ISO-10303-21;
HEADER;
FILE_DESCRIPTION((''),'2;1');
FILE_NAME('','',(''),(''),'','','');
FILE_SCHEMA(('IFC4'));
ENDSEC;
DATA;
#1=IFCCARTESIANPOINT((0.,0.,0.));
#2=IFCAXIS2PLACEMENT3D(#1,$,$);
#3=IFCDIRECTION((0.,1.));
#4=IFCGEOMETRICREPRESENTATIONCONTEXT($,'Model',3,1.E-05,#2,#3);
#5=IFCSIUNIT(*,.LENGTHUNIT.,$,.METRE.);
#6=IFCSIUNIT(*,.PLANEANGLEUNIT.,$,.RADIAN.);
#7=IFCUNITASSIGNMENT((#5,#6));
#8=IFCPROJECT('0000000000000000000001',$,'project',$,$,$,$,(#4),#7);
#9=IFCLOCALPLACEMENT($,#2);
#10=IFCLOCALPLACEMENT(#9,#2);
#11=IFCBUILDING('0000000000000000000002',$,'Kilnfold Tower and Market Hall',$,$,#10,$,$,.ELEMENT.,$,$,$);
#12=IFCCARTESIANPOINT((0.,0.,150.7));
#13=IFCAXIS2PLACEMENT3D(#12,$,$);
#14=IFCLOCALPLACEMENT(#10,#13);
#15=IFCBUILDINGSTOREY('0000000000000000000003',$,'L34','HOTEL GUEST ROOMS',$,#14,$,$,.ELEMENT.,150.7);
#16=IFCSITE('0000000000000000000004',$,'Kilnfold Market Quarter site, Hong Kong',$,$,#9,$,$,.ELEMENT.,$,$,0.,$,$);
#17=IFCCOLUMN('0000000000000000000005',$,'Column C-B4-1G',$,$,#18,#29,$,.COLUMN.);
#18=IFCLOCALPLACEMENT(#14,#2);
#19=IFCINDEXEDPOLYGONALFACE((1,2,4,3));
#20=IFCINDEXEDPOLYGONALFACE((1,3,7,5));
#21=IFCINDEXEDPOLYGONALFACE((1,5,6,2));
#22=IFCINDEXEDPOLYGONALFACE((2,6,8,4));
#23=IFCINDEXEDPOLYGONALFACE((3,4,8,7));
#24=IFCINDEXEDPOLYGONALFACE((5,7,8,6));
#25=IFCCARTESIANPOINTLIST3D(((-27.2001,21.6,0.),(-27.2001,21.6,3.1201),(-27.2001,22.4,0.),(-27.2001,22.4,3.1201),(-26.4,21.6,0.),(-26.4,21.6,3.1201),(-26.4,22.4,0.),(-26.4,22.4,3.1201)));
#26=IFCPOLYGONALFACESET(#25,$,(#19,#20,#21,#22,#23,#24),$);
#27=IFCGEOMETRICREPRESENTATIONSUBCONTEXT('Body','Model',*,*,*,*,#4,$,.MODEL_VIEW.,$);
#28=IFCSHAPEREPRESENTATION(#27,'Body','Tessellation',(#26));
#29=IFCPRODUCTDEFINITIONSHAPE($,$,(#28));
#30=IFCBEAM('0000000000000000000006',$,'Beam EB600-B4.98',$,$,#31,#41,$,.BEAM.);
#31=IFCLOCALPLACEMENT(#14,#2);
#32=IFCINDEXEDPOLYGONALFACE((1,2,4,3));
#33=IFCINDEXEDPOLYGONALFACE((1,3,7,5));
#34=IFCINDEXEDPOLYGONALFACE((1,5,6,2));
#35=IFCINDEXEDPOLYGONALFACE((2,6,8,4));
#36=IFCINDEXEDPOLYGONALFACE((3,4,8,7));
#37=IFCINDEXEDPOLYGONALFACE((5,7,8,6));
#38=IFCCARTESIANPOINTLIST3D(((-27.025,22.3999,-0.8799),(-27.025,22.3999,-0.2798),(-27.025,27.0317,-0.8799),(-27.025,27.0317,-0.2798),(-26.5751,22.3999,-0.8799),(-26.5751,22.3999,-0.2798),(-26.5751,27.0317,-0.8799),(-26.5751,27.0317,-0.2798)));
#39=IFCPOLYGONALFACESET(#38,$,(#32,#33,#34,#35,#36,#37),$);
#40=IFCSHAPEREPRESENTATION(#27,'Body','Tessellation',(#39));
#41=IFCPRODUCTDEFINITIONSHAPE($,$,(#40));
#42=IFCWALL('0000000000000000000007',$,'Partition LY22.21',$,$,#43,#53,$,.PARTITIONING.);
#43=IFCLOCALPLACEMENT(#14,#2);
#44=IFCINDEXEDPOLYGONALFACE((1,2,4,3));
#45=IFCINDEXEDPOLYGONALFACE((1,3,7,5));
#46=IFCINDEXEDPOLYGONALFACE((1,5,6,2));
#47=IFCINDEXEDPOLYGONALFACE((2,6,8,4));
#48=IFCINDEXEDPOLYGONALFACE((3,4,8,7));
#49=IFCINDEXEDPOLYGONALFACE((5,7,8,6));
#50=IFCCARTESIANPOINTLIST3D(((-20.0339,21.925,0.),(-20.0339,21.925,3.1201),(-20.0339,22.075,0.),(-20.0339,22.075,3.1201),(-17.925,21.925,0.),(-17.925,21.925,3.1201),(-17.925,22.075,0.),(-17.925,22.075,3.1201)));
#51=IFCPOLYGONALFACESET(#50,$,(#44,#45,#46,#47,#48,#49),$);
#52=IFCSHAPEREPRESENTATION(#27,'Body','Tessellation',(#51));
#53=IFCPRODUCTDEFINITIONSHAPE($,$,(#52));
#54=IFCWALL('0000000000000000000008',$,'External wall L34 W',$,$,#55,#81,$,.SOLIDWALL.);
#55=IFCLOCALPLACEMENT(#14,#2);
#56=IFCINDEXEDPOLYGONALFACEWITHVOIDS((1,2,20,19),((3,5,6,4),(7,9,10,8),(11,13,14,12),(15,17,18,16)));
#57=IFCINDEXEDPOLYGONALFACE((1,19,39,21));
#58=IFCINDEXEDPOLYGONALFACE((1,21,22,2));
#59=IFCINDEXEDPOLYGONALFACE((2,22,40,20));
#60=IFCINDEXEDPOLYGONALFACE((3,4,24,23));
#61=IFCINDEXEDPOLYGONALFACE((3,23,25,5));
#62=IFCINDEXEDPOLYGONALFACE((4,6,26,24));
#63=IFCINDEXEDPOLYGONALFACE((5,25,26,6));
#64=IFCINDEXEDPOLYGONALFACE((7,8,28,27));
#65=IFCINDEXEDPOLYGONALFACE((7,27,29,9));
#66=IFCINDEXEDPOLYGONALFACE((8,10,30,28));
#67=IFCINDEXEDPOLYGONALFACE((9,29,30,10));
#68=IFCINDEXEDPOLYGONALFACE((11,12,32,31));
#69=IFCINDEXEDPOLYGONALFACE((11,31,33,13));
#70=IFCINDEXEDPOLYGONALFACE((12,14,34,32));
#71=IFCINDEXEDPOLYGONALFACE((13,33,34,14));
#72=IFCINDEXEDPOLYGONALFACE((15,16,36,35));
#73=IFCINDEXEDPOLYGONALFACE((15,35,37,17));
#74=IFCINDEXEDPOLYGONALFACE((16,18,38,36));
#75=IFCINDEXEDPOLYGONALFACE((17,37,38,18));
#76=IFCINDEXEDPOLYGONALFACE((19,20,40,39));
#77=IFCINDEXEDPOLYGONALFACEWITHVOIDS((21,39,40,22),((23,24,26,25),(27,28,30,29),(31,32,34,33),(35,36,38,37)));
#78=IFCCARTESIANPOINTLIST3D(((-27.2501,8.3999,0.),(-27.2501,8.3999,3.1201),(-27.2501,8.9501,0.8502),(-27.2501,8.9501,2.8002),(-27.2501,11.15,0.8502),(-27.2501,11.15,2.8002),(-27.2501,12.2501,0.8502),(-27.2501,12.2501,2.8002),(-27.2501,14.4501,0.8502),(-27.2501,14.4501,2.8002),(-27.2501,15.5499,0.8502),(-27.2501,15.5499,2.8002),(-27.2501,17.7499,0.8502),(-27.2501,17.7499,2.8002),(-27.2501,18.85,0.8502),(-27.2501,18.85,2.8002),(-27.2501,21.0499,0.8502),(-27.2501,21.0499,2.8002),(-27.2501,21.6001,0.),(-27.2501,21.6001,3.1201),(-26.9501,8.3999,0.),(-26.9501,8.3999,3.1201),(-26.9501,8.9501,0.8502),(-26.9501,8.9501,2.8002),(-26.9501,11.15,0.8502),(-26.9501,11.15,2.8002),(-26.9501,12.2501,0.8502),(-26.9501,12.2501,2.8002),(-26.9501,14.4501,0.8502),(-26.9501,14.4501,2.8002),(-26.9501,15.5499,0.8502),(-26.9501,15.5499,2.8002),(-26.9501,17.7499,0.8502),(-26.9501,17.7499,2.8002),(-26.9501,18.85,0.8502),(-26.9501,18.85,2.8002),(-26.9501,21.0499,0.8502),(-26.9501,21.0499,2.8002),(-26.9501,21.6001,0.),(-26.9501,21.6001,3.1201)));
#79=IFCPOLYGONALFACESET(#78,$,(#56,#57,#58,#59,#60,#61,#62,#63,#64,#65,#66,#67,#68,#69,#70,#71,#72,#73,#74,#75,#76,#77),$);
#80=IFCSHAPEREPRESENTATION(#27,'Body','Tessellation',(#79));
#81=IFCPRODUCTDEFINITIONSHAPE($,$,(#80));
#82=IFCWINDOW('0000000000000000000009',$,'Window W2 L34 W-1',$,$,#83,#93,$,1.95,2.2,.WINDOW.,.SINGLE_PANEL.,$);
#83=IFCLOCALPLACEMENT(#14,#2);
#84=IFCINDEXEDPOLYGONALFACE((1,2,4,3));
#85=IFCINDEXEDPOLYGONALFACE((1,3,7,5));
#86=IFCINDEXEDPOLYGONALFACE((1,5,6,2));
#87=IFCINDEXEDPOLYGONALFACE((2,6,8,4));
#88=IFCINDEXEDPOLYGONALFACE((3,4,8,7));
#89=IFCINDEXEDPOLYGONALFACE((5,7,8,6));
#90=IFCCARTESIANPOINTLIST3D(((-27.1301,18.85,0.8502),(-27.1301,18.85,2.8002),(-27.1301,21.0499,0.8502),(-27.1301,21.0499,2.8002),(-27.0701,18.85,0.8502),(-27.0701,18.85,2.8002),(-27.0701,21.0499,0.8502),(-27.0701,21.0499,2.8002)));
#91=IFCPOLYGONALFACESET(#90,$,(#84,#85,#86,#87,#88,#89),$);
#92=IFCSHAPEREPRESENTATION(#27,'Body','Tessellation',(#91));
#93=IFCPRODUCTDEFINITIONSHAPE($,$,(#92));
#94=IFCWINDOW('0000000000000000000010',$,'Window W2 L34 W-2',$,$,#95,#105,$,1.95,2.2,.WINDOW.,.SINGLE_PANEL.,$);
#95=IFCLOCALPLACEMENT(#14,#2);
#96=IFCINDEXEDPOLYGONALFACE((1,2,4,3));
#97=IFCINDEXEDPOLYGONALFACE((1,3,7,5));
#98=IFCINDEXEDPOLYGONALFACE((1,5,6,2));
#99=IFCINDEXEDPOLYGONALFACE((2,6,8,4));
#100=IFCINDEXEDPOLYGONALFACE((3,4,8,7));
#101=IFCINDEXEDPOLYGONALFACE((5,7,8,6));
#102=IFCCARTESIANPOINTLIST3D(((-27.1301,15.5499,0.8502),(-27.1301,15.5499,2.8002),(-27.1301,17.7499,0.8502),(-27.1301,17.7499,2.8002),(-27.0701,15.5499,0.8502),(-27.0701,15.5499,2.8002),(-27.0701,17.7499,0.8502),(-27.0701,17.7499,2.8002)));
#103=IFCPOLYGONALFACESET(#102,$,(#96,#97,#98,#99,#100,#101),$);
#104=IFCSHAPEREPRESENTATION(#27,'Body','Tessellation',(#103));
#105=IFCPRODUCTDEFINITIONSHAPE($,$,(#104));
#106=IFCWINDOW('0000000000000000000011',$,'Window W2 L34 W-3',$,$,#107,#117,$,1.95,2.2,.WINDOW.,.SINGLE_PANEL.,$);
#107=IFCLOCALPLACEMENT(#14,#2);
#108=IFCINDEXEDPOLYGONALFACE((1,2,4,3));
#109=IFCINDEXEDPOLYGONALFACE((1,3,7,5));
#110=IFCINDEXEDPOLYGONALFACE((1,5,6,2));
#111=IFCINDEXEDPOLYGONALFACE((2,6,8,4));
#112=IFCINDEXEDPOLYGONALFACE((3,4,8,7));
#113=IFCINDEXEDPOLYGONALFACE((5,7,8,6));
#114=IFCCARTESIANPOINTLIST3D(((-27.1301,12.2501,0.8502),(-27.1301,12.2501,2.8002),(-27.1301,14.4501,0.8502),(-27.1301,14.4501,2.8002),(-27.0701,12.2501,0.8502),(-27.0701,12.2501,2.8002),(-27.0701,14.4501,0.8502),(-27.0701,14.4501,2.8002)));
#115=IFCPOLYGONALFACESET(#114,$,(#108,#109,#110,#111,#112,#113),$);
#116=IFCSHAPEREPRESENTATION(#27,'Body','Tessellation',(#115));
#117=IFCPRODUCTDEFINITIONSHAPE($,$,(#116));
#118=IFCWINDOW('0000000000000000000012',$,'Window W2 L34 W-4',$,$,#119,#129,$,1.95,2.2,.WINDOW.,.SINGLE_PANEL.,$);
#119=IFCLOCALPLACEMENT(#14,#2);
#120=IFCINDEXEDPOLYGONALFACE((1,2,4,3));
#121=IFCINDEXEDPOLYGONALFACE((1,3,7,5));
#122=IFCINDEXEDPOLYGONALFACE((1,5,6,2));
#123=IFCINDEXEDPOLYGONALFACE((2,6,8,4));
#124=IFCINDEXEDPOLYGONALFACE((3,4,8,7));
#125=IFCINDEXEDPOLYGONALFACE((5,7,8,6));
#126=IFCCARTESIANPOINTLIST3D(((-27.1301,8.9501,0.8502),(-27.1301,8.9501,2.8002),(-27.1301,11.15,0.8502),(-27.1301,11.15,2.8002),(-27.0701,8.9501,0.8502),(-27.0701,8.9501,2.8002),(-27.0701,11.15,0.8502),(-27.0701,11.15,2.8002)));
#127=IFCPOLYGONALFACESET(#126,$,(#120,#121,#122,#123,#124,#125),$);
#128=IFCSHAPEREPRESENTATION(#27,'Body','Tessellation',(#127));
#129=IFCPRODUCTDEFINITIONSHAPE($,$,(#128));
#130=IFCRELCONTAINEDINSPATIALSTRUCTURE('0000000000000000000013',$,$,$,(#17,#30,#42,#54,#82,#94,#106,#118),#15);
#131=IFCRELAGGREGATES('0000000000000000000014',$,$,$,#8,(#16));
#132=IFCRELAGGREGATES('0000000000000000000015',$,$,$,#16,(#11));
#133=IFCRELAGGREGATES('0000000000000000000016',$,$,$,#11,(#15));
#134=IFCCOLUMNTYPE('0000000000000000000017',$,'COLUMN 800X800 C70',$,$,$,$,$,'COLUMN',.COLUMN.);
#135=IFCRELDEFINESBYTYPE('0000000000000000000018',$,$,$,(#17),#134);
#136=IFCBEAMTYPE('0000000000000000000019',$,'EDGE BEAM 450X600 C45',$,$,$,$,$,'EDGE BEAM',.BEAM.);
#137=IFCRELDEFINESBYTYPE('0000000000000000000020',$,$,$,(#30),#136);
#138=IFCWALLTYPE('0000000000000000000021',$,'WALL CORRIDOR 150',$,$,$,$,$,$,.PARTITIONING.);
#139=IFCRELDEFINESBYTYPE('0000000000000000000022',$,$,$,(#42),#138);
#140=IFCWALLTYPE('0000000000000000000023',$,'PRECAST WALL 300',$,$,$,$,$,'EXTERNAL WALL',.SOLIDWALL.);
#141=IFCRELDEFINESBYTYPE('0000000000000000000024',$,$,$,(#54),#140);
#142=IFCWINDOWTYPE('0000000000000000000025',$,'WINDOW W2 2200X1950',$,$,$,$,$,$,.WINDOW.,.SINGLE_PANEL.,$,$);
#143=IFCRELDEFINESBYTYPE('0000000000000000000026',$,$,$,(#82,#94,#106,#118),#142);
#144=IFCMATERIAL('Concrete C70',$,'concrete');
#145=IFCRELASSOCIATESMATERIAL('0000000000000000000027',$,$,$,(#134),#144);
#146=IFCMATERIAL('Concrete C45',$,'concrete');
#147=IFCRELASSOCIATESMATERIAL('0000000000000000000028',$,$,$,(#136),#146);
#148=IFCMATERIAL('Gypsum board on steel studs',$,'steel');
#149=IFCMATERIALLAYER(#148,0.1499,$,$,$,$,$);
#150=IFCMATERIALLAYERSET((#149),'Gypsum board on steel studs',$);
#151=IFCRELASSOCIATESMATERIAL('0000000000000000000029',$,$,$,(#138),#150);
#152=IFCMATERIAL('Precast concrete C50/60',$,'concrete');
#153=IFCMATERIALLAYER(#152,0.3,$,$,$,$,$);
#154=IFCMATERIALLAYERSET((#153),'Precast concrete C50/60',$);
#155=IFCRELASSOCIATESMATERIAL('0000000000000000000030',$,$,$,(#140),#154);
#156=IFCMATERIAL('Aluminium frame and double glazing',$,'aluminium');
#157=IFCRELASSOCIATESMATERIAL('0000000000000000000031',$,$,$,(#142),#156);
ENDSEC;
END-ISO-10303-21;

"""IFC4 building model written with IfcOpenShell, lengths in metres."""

from ifc_helpers import new_model, si_unit, direction, frame, frame_2d, origin, origin_2d, place, context, subcontext, project, spatial, rectangle, extrude, source, transform, mapped, material, layer, layer_set, material_profile, profile_set, type_object, element, fill, save


model = new_model("IFC4")

# Units and contexts
model_context = context("Model", 3, precision=1e-05, world=origin(), true_north=direction((0.0, 1.0)))
body_context = subcontext(model_context, "Body", "Model", "MODEL_VIEW")
ifc_project = project(units=[si_unit("LENGTHUNIT", "METRE"), si_unit("PLANEANGLEUNIT", "RADIAN")], contexts=[model_context])

# Site, building, storey
site_placement = place(None, origin())
site = spatial("IfcSite", under=ifc_project, at=site_placement, Name="Kilnfold Market Quarter site, Hong Kong", CompositionType="ELEMENT", RefElevation=0.0)
building_placement = place(site_placement, origin())
building = spatial("IfcBuilding", under=site, at=building_placement, Name="Kilnfold Tower and Market Hall", CompositionType="ELEMENT")
storey_placement = place(building_placement, frame((0.0, 0.0, 150.7)))
storey = spatial("IfcBuildingStorey", under=building, at=storey_placement, Name="L34", Description="HOTEL GUEST ROOMS", CompositionType="ELEMENT", Elevation=150.7)

# Column
ifc_material_1 = material(Name="Concrete C70", Category="concrete")
ifc_material_profile_1 = material_profile(ifc_material_1, rectangle(XDim=0.8, YDim=0.8, at=origin_2d()), Name="RC 800x800")
ifc_profile_set_1 = profile_set([ifc_material_profile_1], Name="Concrete C70")
column_type = type_object("IfcColumnType", Name="COLUMN 800X800 C70", ElementType="COLUMN", PredefinedType="COLUMN", material=ifc_profile_set_1)
shared_shape_1 = source(origin(), body_context, "Body", "SweptSolid", [
    extrude(rectangle(XDim=0.8, YDim=0.8, at=origin_2d()), origin(), (0.0, 0.0, 1.0), 3.1201),
])
column_placement = place(storey_placement, frame((-26.8, 22.0, 0.0), z_axis=(0.0, 0.0, 1.0), x_axis=(1.0, 0.0, 0.0)))
element("IfcColumn", 1, at=column_placement, inside=storey, type_object=column_type, Name="Column C-B4-1G", PredefinedType="COLUMN", context=body_context, shape_type="MappedRepresentation", body=[
    mapped(shared_shape_1, transform((0.0, 0.0, 0.0))),
])

# Beam
ifc_material_2 = material(Name="Concrete C45", Category="concrete")
ifc_material_profile_2 = material_profile(ifc_material_2, rectangle(XDim=0.45, YDim=0.6001, at=origin_2d()), Name="RC 450x600")
ifc_profile_set_2 = profile_set([ifc_material_profile_2], Name="Concrete C45")
beam_type = type_object("IfcBeamType", Name="EDGE BEAM 450X600 C45", ElementType="EDGE BEAM", PredefinedType="BEAM", material=ifc_profile_set_2)
shared_shape_2 = source(origin(), body_context, "Body", "SweptSolid", [
    extrude(rectangle(XDim=0.45, YDim=0.6001, at=origin_2d()), origin(), (0.0, 0.0, 1.0), 4.6318),
])
beam_placement = place(storey_placement, frame((-26.8, 22.3999, -0.5798), z_axis=(0.0, 1.0, 0.0), x_axis=(-1.0, 0.0, 0.0)))
element("IfcBeam", 2, at=beam_placement, inside=storey, type_object=beam_type, Name="Beam EB600-B4.98", PredefinedType="BEAM", context=body_context, shape_type="MappedRepresentation", body=[
    mapped(shared_shape_2, transform((0.0, 0.0, 0.0))),
])

# Wall
ifc_material_3 = material(Name="Gypsum board on steel studs", Category="steel")
ifc_layer_1 = layer(ifc_material_3, 0.1499)
ifc_layer_set_1 = layer_set([ifc_layer_1], Name="Gypsum board on steel studs")
wall_type_1 = type_object("IfcWallType", Name="WALL CORRIDOR 150", PredefinedType="PARTITIONING", material=ifc_layer_set_1)
wall_1_placement = place(storey_placement, frame((-20.0339, 22.0, 0.0), z_axis=(0.0, 0.0, 1.0), x_axis=(1.0, 0.0, 0.0)))
element("IfcWall", 3, at=wall_1_placement, inside=storey, type_object=wall_type_1, Name="Partition LY22.21", PredefinedType="PARTITIONING", context=body_context, shape_type="SweptSolid", body=[
    extrude(rectangle(XDim=2.1089, YDim=0.1499, at=frame_2d((1.0544, 0.0))), origin(), (0.0, 0.0, 1.0), 3.1201),
])

# Wall, openings, windows
ifc_material_4 = material(Name="Precast concrete C50/60", Category="concrete")
ifc_layer_2 = layer(ifc_material_4, 0.3)
ifc_layer_set_2 = layer_set([ifc_layer_2], Name="Precast concrete C50/60")
wall_type_2 = type_object("IfcWallType", Name="PRECAST WALL 300", ElementType="EXTERNAL WALL", PredefinedType="SOLIDWALL", material=ifc_layer_set_2)
shared_shape_3 = source(origin(), body_context, "Body", "SweptSolid", [
    extrude(rectangle(XDim=13.2002, YDim=0.3, at=frame_2d((6.6001, 0.0))), origin(), (0.0, 0.0, 1.0), 3.1201),
])
wall_2_placement = place(storey_placement, frame((-27.1001, 21.6001, 0.0), z_axis=(0.0, 0.0, 1.0), x_axis=(0.0, -1.0, 0.0)))
wall_2 = element("IfcWall", 4, at=wall_2_placement, inside=storey, type_object=wall_type_2, Name="External wall L34 W", PredefinedType="SOLIDWALL", context=body_context, shape_type="MappedRepresentation", body=[
    mapped(shared_shape_3, transform((0.0, 0.0, 0.0))),
])
opening_1_placement = place(wall_2_placement, frame((0.55, 0.0, 0.8501)))
opening_1 = element("IfcOpeningElement", 5, at=opening_1_placement, cuts=wall_2, PredefinedType="OPENING", context=body_context, shape_type="SweptSolid", body=[
    extrude(rectangle(XDim=2.2, YDim=1.95, at=frame_2d((1.1001, 0.9751))), frame((0.0, 0.1602, 0.0), z_axis=(0.0, -1.0, 0.0), x_axis=(1.0, 0.0, 0.0)), (0.0, 0.0, 1.0), 0.3201),
])
opening_2_placement = place(wall_2_placement, frame((3.8501, 0.0, 0.8501)))
opening_2 = element("IfcOpeningElement", 6, at=opening_2_placement, cuts=wall_2, PredefinedType="OPENING", context=body_context, shape_type="SweptSolid", body=[
    extrude(rectangle(XDim=2.2, YDim=1.95, at=frame_2d((1.1001, 0.9751))), frame((0.0, 0.1602, 0.0), z_axis=(0.0, -1.0, 0.0), x_axis=(1.0, 0.0, 0.0)), (0.0, 0.0, 1.0), 0.3201),
])
opening_3_placement = place(wall_2_placement, frame((7.1499, 0.0, 0.8501)))
opening_3 = element("IfcOpeningElement", 7, at=opening_3_placement, cuts=wall_2, PredefinedType="OPENING", context=body_context, shape_type="SweptSolid", body=[
    extrude(rectangle(XDim=2.2, YDim=1.95, at=frame_2d((1.1001, 0.9751))), frame((0.0, 0.1602, 0.0), z_axis=(0.0, -1.0, 0.0), x_axis=(1.0, 0.0, 0.0)), (0.0, 0.0, 1.0), 0.3201),
])
opening_4_placement = place(wall_2_placement, frame((10.45, 0.0, 0.8501)))
opening_4 = element("IfcOpeningElement", 8, at=opening_4_placement, cuts=wall_2, PredefinedType="OPENING", context=body_context, shape_type="SweptSolid", body=[
    extrude(rectangle(XDim=2.2, YDim=1.95, at=frame_2d((1.1001, 0.9751))), frame((0.0, 0.1602, 0.0), z_axis=(0.0, -1.0, 0.0), x_axis=(1.0, 0.0, 0.0)), (0.0, 0.0, 1.0), 0.3201),
])
ifc_material_5 = material(Name="Aluminium frame and double glazing", Category="aluminium")
window_type = type_object("IfcWindowType", Name="WINDOW W2 2200X1950", PartitioningType="SINGLE_PANEL", PredefinedType="WINDOW", material=ifc_material_5)
window_1_placement = place(opening_1_placement, origin())
window_1 = element("IfcWindow", 9, at=window_1_placement, inside=storey, type_object=window_type, Name="Window W2 L34 W-1", OverallHeight=1.95, OverallWidth=2.2, PartitioningType="SINGLE_PANEL", PredefinedType="WINDOW", context=body_context, shape_type="SweptSolid", body=[
    extrude(rectangle(XDim=2.2, YDim=1.95, at=frame_2d((1.1001, 0.9751))), frame((0.0, 0.03, 0.0), z_axis=(0.0, -1.0, 0.0), x_axis=(1.0, 0.0, 0.0)), (0.0, 0.0, 1.0), 0.0601),
])
fill(opening_1, window_1)
window_2_placement = place(opening_2_placement, origin())
window_2 = element("IfcWindow", 10, at=window_2_placement, inside=storey, type_object=window_type, Name="Window W2 L34 W-2", OverallHeight=1.95, OverallWidth=2.2, PartitioningType="SINGLE_PANEL", PredefinedType="WINDOW", context=body_context, shape_type="SweptSolid", body=[
    extrude(rectangle(XDim=2.2, YDim=1.95, at=frame_2d((1.1001, 0.9751))), frame((0.0, 0.03, 0.0), z_axis=(0.0, -1.0, 0.0), x_axis=(1.0, 0.0, 0.0)), (0.0, 0.0, 1.0), 0.0601),
])
fill(opening_2, window_2)
window_3_placement = place(opening_3_placement, origin())
window_3 = element("IfcWindow", 11, at=window_3_placement, inside=storey, type_object=window_type, Name="Window W2 L34 W-3", OverallHeight=1.95, OverallWidth=2.2, PartitioningType="SINGLE_PANEL", PredefinedType="WINDOW", context=body_context, shape_type="SweptSolid", body=[
    extrude(rectangle(XDim=2.2, YDim=1.95, at=frame_2d((1.1001, 0.9751))), frame((0.0, 0.03, 0.0), z_axis=(0.0, -1.0, 0.0), x_axis=(1.0, 0.0, 0.0)), (0.0, 0.0, 1.0), 0.0601),
])
fill(opening_3, window_3)
window_4_placement = place(opening_4_placement, origin())
window_4 = element("IfcWindow", 12, at=window_4_placement, inside=storey, type_object=window_type, Name="Window W2 L34 W-4", OverallHeight=1.95, OverallWidth=2.2, PartitioningType="SINGLE_PANEL", PredefinedType="WINDOW", context=body_context, shape_type="SweptSolid", body=[
    extrude(rectangle(XDim=2.2, YDim=1.95, at=frame_2d((1.1001, 0.9751))), frame((0.0, 0.03, 0.0), z_axis=(0.0, -1.0, 0.0), x_axis=(1.0, 0.0, 0.0)), (0.0, 0.0, 1.0), 0.0601),
])
fill(opening_4, window_4)

save(model, "model.ifc")
